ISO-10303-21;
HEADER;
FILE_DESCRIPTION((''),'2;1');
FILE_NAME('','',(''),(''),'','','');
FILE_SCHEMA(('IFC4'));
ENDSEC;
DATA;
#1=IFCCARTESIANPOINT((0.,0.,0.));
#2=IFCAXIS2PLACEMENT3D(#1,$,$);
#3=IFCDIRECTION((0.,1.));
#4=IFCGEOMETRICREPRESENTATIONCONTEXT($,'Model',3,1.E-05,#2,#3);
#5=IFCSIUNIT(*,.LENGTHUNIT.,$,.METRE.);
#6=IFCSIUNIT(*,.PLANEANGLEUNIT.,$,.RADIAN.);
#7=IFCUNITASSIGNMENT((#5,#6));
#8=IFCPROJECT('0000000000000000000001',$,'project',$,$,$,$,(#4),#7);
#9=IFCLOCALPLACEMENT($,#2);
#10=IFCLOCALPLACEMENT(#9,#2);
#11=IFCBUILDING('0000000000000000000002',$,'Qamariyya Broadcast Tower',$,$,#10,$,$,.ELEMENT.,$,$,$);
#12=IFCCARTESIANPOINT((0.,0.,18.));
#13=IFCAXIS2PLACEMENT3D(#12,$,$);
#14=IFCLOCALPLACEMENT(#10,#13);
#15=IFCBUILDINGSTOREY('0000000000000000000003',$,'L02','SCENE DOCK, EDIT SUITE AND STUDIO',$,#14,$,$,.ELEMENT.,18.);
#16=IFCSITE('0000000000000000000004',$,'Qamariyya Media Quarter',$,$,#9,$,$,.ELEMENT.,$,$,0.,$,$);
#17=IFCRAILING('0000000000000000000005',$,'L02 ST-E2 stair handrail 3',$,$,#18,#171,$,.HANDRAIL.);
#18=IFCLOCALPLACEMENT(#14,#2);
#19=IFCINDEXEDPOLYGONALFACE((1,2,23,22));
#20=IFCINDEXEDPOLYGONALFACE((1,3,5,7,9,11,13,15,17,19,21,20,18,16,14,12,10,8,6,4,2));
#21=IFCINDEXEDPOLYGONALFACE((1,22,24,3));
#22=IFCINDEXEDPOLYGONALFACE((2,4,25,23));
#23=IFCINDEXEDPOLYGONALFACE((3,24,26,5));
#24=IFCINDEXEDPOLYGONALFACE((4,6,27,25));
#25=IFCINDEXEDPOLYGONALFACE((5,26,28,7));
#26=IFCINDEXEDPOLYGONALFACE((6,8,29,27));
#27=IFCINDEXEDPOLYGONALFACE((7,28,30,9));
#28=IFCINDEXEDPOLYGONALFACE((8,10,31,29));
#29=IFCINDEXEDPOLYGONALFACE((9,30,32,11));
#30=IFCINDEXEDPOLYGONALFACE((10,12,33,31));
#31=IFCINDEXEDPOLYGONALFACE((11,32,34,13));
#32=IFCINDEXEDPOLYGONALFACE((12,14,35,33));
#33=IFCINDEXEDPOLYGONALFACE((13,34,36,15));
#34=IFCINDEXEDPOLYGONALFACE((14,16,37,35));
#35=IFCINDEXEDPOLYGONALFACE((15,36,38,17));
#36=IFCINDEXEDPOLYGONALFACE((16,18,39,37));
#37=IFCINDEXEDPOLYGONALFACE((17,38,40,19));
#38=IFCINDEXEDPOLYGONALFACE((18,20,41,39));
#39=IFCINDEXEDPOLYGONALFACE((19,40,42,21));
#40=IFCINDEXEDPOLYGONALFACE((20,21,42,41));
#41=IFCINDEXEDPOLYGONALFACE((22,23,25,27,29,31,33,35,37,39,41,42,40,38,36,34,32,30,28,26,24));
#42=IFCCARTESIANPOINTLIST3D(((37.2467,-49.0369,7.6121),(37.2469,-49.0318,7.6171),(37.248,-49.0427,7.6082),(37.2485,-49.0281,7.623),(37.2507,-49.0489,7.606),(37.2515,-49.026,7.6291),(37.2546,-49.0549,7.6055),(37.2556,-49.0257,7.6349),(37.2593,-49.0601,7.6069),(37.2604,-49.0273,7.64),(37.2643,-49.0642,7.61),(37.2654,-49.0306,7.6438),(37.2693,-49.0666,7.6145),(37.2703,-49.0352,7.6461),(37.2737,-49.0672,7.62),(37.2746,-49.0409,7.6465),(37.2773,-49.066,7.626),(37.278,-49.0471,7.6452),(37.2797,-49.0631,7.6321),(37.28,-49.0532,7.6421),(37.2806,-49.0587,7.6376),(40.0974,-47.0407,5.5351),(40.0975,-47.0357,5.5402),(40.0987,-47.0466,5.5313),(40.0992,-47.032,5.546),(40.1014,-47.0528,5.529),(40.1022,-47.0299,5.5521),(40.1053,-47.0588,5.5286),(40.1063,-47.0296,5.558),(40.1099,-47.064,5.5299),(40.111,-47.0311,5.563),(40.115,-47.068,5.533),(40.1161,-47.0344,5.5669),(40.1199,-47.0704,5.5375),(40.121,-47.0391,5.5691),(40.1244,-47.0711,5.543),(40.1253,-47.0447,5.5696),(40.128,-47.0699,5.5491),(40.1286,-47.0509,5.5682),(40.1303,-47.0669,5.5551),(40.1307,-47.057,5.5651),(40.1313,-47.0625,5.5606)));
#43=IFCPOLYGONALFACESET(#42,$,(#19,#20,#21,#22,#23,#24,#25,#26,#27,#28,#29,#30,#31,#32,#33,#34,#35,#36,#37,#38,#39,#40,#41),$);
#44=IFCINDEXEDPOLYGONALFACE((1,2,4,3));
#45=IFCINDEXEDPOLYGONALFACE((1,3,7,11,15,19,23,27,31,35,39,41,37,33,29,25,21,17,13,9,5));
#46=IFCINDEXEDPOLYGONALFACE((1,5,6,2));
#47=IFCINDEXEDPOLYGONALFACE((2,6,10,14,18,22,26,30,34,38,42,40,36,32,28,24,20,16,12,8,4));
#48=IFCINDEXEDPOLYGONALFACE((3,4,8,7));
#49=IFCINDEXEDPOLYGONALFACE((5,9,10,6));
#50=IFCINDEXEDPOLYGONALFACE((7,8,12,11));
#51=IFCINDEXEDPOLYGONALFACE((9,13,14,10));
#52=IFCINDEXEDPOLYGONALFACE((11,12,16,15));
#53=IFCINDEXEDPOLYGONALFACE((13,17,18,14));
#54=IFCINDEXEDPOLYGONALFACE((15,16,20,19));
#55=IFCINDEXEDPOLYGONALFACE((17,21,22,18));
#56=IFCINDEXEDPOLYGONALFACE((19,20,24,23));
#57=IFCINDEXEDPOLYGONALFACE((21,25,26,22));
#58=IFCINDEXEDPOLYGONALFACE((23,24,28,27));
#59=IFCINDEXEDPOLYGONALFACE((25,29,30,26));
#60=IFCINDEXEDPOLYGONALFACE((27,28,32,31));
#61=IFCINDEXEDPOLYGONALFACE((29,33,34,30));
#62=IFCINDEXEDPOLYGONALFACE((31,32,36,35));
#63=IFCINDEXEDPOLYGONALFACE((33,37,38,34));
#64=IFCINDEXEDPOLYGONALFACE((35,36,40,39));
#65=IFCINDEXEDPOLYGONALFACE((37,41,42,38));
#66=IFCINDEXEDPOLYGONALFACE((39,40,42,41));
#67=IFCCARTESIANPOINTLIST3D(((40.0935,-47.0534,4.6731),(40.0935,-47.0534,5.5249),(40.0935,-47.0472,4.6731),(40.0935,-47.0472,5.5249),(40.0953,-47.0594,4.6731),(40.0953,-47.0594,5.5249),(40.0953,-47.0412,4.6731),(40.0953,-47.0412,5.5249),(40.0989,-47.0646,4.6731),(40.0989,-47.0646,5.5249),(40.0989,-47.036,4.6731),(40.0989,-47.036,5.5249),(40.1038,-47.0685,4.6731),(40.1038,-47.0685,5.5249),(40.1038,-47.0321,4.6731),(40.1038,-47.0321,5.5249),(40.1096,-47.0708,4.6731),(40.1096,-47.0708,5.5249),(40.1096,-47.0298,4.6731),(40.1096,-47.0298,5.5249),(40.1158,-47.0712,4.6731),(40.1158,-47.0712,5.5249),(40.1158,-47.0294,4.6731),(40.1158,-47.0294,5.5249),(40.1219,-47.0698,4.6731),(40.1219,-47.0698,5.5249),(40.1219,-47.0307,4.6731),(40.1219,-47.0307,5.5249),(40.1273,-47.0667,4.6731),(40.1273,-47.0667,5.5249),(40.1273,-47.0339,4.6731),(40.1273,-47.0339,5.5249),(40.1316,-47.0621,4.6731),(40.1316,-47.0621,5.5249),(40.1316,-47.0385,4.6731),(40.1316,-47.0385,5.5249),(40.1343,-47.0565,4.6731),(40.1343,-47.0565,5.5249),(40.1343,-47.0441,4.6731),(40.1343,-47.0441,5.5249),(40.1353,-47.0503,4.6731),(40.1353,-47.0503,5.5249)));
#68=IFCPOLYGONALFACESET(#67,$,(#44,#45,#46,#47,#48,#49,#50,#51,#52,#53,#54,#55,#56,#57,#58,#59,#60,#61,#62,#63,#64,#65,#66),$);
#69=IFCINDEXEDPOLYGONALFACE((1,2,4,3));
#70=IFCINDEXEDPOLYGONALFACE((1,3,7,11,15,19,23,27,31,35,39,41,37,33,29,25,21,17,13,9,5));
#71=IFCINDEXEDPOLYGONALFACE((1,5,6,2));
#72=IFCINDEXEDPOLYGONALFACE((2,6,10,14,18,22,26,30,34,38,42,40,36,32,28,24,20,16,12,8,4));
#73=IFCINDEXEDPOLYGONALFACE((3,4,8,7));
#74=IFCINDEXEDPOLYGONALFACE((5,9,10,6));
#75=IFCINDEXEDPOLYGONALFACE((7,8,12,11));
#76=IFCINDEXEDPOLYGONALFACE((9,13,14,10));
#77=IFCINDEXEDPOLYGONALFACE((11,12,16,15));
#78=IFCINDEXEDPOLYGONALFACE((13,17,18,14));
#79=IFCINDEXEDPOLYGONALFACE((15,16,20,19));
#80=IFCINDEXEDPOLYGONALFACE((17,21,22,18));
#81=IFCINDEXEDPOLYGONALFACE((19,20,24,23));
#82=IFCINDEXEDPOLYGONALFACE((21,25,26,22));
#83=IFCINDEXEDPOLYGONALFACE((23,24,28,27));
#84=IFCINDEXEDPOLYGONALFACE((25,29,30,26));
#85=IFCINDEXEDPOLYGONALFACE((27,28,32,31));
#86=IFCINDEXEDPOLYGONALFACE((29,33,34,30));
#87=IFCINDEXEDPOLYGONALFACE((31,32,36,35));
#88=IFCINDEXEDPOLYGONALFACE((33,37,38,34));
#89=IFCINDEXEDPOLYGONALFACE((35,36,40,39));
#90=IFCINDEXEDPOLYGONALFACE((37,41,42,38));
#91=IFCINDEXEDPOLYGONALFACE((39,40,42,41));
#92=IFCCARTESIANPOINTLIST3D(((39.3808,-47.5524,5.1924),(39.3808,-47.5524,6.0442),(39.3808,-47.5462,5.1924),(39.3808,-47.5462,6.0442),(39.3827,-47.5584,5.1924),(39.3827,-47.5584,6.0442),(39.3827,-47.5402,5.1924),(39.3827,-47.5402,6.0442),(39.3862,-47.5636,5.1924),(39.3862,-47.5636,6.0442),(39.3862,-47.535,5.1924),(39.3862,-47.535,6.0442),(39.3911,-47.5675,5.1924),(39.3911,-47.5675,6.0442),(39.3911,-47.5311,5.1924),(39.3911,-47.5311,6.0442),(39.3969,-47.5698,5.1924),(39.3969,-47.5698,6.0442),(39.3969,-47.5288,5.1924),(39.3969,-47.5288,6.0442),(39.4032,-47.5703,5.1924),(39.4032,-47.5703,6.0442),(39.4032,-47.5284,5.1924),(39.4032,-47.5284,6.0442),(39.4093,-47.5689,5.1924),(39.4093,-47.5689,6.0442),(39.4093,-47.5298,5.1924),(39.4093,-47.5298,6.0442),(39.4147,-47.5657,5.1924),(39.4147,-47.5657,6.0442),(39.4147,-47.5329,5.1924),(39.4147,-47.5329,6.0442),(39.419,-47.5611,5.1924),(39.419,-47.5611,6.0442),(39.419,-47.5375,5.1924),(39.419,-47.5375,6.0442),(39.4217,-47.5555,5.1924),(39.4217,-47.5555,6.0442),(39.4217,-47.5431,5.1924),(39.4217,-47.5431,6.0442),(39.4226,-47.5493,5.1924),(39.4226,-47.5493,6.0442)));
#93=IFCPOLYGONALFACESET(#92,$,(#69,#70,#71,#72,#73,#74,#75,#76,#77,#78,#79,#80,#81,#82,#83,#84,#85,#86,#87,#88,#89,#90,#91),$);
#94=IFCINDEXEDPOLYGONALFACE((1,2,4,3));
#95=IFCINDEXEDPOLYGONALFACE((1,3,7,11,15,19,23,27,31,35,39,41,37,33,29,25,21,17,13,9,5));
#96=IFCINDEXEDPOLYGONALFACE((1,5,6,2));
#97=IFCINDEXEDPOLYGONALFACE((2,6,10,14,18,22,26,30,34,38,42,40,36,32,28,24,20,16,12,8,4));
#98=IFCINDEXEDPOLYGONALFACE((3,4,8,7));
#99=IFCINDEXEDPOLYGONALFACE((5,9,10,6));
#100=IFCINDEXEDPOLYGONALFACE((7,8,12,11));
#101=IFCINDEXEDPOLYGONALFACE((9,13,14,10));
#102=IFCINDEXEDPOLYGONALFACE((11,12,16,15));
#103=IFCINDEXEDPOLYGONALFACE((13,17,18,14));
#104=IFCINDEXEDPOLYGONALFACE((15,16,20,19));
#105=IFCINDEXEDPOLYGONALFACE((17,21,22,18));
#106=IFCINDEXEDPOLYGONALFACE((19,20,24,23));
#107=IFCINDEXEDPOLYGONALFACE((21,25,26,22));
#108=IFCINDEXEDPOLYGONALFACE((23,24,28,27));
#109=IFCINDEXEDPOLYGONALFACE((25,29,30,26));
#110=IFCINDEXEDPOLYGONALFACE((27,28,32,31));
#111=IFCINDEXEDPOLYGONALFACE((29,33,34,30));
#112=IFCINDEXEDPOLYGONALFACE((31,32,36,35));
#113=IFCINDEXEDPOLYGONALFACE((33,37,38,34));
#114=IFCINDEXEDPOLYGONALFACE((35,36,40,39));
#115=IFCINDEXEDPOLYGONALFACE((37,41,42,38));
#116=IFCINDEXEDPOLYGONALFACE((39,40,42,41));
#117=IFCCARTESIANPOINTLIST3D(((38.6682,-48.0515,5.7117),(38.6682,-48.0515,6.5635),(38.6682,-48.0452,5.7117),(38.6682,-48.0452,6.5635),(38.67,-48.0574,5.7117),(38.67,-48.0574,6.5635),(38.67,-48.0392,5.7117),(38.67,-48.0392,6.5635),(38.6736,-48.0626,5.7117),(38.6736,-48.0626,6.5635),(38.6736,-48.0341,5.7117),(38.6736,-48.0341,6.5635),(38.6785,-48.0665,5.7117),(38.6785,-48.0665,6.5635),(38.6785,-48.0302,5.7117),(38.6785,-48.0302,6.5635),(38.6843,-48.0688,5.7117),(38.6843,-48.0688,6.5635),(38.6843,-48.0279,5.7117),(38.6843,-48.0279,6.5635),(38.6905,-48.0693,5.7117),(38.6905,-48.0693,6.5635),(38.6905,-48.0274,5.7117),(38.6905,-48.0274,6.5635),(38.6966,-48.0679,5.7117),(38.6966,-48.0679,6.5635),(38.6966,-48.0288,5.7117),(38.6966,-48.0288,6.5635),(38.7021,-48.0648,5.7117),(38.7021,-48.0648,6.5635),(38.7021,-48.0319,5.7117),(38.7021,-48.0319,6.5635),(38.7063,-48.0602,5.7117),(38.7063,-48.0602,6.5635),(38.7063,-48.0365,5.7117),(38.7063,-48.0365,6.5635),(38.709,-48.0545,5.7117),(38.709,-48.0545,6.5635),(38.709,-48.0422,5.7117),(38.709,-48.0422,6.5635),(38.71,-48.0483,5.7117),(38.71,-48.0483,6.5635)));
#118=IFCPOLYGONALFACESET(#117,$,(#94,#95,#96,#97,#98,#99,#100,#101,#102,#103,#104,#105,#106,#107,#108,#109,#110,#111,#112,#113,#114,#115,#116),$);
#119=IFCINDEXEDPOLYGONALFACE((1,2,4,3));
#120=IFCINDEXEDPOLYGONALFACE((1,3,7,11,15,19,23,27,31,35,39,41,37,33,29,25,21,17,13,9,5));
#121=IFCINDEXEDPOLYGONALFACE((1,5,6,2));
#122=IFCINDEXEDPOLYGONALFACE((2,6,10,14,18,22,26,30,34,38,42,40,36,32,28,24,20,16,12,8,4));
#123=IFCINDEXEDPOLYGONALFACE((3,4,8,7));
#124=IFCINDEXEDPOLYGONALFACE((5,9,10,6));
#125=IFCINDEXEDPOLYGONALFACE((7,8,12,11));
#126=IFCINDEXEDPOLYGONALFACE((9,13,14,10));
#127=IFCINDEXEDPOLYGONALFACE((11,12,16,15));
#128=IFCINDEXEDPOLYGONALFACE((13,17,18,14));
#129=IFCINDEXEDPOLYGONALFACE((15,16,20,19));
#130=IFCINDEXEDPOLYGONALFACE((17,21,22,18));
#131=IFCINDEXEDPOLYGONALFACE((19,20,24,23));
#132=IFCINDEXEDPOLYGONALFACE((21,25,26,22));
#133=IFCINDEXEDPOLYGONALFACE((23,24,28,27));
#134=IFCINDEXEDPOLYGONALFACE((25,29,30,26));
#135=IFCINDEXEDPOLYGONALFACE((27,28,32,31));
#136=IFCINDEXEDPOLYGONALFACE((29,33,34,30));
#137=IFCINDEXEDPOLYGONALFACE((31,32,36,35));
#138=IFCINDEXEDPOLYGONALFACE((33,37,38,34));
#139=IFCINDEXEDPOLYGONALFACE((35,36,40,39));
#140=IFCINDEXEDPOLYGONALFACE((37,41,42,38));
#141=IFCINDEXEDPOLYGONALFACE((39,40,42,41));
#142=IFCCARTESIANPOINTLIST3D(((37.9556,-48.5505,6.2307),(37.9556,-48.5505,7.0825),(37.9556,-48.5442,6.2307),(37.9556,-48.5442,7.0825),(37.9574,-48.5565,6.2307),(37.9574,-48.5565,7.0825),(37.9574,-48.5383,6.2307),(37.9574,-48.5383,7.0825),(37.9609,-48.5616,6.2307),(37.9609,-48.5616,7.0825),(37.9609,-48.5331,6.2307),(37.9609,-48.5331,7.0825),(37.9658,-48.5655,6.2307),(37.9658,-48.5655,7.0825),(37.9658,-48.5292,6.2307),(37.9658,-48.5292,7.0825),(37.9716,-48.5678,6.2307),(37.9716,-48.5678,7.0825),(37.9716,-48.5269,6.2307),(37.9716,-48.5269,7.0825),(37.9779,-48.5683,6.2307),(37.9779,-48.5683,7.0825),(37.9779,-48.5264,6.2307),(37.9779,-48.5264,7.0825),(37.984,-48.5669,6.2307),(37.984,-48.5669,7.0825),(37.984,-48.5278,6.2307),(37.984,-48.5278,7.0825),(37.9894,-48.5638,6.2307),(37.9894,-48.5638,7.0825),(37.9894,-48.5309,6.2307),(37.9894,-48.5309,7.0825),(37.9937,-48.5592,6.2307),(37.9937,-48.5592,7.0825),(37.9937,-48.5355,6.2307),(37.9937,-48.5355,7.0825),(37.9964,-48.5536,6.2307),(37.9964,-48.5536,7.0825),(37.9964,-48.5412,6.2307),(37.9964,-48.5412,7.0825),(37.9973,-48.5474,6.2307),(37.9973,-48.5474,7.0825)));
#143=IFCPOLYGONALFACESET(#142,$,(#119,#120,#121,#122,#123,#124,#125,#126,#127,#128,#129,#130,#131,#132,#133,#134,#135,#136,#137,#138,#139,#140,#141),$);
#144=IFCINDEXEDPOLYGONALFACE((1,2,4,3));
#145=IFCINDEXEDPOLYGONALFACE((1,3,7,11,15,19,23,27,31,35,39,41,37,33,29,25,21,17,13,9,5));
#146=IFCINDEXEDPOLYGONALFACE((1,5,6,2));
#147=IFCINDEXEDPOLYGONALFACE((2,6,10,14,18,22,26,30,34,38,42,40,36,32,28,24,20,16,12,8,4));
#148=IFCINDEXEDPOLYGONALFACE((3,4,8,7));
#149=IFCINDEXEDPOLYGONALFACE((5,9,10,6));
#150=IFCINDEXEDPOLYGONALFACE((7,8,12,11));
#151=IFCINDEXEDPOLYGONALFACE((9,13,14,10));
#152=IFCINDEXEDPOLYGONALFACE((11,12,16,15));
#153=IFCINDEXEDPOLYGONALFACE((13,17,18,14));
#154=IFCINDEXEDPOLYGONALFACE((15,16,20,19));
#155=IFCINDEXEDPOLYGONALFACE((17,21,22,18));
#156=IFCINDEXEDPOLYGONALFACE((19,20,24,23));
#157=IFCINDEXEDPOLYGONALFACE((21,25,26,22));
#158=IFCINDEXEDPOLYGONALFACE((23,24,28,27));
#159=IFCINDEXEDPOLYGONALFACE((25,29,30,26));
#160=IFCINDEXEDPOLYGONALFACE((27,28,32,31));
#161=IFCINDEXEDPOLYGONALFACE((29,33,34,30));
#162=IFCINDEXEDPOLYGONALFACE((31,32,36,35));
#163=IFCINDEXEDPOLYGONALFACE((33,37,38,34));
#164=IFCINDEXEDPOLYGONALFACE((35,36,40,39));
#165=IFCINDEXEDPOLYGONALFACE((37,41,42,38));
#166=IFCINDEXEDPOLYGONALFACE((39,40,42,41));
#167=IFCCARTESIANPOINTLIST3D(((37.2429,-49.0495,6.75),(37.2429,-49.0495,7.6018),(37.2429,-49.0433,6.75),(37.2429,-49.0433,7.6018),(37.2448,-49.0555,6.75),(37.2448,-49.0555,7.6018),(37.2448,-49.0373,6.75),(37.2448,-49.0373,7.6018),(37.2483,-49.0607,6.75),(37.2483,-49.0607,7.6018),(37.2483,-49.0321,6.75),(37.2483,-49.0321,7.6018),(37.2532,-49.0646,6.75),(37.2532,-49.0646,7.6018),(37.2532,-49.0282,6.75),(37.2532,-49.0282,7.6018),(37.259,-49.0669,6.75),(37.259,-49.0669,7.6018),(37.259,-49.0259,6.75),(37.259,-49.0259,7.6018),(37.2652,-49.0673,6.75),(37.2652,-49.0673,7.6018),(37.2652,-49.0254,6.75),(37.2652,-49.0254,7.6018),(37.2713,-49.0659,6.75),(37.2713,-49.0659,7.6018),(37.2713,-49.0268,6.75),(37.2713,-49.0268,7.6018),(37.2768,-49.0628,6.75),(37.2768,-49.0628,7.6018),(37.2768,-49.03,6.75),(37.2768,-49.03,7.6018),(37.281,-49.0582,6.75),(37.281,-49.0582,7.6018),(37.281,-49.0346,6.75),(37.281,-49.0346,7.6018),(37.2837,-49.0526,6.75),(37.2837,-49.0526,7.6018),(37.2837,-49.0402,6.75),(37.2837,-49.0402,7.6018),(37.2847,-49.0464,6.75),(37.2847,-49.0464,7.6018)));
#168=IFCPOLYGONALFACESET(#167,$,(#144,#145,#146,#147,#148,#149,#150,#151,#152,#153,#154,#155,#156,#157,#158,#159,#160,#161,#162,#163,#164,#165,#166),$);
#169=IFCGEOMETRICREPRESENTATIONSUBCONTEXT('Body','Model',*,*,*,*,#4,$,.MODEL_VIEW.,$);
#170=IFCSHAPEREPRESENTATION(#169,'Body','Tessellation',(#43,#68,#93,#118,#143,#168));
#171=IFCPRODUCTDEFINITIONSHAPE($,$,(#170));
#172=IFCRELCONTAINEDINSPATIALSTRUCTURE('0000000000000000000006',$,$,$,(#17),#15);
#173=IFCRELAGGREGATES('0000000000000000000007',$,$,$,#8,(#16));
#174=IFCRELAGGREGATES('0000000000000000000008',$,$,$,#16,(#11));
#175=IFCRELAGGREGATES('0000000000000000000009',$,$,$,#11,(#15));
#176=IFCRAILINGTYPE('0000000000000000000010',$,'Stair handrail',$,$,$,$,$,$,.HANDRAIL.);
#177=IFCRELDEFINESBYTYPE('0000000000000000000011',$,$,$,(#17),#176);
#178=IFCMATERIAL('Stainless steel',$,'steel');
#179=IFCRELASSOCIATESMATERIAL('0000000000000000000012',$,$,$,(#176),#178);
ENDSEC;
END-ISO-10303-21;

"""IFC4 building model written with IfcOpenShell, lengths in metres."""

from ifc_helpers import new_model, si_unit, direction, frame, origin, origin_2d, place, context, subcontext, project, spatial, circle, extrude, material, type_object, element, save


model = new_model("IFC4")

# Units and contexts
model_context = context("Model", 3, precision=1e-05, world=origin(), true_north=direction((0.0, 1.0)))
body_context = subcontext(model_context, "Body", "Model", "MODEL_VIEW")
ifc_project = project(units=[si_unit("LENGTHUNIT", "METRE"), si_unit("PLANEANGLEUNIT", "RADIAN")], contexts=[model_context])

# Site, building, storey
site_placement = place(None, origin())
site = spatial("IfcSite", under=ifc_project, at=site_placement, Name="Qamariyya Media Quarter", CompositionType="ELEMENT", RefElevation=0.0)
building_placement = place(site_placement, origin())
building = spatial("IfcBuilding", under=site, at=building_placement, Name="Qamariyya Broadcast Tower", CompositionType="ELEMENT")
storey_placement = place(building_placement, frame((0.0, 0.0, 18.0)))
storey = spatial("IfcBuildingStorey", under=building, at=storey_placement, Name="L02", Description="SCENE DOCK, EDIT SUITE AND STUDIO", CompositionType="ELEMENT", Elevation=18.0)

# Railing
ifc_material_1 = material(Name="Stainless steel", Category="steel")
railing_type = type_object("IfcRailingType", Name="Stair handrail", PredefinedType="HANDRAIL", material=ifc_material_1)
for number, where, name in (
    (1, (40.1143, -47.0503, 4.6731), "L02 ST-E2 stair handrail 3"),
):
    element("IfcRailing", number, at=place(storey_placement, frame(where)), inside=storey, type_object=railing_type, Name=name, PredefinedType="HANDRAIL", context=body_context, shape_type="SweptSolid", body=[
        extrude(circle(Radius=0.0239, at=origin_2d()), frame((0.0, 0.0, 0.876), z_axis=(-0.703393, -0.492544, 0.512484), x_axis=(0.573594, -0.81914, 0.0)), (0.0, 0.0, 1.0), 4.0527),
        extrude(circle(Radius=0.021, at=origin_2d()), origin(), (0.0, 0.0, 1.0), 0.8518),
        extrude(circle(Radius=0.021, at=origin_2d()), frame((-0.7126, -0.499, 0.5193)), (0.0, 0.0, 1.0), 0.8518),
        extrude(circle(Radius=0.021, at=origin_2d()), frame((-1.4253, -0.998, 1.0386)), (0.0, 0.0, 1.0), 0.8518),
        extrude(circle(Radius=0.021, at=origin_2d()), frame((-2.1379, -1.4971, 1.5576)), (0.0, 0.0, 1.0), 0.8518),
        extrude(circle(Radius=0.021, at=origin_2d()), frame((-2.8506, -1.9961, 2.0769)), (0.0, 0.0, 1.0), 0.8518),
    ])

save(model, "model.ifc")
